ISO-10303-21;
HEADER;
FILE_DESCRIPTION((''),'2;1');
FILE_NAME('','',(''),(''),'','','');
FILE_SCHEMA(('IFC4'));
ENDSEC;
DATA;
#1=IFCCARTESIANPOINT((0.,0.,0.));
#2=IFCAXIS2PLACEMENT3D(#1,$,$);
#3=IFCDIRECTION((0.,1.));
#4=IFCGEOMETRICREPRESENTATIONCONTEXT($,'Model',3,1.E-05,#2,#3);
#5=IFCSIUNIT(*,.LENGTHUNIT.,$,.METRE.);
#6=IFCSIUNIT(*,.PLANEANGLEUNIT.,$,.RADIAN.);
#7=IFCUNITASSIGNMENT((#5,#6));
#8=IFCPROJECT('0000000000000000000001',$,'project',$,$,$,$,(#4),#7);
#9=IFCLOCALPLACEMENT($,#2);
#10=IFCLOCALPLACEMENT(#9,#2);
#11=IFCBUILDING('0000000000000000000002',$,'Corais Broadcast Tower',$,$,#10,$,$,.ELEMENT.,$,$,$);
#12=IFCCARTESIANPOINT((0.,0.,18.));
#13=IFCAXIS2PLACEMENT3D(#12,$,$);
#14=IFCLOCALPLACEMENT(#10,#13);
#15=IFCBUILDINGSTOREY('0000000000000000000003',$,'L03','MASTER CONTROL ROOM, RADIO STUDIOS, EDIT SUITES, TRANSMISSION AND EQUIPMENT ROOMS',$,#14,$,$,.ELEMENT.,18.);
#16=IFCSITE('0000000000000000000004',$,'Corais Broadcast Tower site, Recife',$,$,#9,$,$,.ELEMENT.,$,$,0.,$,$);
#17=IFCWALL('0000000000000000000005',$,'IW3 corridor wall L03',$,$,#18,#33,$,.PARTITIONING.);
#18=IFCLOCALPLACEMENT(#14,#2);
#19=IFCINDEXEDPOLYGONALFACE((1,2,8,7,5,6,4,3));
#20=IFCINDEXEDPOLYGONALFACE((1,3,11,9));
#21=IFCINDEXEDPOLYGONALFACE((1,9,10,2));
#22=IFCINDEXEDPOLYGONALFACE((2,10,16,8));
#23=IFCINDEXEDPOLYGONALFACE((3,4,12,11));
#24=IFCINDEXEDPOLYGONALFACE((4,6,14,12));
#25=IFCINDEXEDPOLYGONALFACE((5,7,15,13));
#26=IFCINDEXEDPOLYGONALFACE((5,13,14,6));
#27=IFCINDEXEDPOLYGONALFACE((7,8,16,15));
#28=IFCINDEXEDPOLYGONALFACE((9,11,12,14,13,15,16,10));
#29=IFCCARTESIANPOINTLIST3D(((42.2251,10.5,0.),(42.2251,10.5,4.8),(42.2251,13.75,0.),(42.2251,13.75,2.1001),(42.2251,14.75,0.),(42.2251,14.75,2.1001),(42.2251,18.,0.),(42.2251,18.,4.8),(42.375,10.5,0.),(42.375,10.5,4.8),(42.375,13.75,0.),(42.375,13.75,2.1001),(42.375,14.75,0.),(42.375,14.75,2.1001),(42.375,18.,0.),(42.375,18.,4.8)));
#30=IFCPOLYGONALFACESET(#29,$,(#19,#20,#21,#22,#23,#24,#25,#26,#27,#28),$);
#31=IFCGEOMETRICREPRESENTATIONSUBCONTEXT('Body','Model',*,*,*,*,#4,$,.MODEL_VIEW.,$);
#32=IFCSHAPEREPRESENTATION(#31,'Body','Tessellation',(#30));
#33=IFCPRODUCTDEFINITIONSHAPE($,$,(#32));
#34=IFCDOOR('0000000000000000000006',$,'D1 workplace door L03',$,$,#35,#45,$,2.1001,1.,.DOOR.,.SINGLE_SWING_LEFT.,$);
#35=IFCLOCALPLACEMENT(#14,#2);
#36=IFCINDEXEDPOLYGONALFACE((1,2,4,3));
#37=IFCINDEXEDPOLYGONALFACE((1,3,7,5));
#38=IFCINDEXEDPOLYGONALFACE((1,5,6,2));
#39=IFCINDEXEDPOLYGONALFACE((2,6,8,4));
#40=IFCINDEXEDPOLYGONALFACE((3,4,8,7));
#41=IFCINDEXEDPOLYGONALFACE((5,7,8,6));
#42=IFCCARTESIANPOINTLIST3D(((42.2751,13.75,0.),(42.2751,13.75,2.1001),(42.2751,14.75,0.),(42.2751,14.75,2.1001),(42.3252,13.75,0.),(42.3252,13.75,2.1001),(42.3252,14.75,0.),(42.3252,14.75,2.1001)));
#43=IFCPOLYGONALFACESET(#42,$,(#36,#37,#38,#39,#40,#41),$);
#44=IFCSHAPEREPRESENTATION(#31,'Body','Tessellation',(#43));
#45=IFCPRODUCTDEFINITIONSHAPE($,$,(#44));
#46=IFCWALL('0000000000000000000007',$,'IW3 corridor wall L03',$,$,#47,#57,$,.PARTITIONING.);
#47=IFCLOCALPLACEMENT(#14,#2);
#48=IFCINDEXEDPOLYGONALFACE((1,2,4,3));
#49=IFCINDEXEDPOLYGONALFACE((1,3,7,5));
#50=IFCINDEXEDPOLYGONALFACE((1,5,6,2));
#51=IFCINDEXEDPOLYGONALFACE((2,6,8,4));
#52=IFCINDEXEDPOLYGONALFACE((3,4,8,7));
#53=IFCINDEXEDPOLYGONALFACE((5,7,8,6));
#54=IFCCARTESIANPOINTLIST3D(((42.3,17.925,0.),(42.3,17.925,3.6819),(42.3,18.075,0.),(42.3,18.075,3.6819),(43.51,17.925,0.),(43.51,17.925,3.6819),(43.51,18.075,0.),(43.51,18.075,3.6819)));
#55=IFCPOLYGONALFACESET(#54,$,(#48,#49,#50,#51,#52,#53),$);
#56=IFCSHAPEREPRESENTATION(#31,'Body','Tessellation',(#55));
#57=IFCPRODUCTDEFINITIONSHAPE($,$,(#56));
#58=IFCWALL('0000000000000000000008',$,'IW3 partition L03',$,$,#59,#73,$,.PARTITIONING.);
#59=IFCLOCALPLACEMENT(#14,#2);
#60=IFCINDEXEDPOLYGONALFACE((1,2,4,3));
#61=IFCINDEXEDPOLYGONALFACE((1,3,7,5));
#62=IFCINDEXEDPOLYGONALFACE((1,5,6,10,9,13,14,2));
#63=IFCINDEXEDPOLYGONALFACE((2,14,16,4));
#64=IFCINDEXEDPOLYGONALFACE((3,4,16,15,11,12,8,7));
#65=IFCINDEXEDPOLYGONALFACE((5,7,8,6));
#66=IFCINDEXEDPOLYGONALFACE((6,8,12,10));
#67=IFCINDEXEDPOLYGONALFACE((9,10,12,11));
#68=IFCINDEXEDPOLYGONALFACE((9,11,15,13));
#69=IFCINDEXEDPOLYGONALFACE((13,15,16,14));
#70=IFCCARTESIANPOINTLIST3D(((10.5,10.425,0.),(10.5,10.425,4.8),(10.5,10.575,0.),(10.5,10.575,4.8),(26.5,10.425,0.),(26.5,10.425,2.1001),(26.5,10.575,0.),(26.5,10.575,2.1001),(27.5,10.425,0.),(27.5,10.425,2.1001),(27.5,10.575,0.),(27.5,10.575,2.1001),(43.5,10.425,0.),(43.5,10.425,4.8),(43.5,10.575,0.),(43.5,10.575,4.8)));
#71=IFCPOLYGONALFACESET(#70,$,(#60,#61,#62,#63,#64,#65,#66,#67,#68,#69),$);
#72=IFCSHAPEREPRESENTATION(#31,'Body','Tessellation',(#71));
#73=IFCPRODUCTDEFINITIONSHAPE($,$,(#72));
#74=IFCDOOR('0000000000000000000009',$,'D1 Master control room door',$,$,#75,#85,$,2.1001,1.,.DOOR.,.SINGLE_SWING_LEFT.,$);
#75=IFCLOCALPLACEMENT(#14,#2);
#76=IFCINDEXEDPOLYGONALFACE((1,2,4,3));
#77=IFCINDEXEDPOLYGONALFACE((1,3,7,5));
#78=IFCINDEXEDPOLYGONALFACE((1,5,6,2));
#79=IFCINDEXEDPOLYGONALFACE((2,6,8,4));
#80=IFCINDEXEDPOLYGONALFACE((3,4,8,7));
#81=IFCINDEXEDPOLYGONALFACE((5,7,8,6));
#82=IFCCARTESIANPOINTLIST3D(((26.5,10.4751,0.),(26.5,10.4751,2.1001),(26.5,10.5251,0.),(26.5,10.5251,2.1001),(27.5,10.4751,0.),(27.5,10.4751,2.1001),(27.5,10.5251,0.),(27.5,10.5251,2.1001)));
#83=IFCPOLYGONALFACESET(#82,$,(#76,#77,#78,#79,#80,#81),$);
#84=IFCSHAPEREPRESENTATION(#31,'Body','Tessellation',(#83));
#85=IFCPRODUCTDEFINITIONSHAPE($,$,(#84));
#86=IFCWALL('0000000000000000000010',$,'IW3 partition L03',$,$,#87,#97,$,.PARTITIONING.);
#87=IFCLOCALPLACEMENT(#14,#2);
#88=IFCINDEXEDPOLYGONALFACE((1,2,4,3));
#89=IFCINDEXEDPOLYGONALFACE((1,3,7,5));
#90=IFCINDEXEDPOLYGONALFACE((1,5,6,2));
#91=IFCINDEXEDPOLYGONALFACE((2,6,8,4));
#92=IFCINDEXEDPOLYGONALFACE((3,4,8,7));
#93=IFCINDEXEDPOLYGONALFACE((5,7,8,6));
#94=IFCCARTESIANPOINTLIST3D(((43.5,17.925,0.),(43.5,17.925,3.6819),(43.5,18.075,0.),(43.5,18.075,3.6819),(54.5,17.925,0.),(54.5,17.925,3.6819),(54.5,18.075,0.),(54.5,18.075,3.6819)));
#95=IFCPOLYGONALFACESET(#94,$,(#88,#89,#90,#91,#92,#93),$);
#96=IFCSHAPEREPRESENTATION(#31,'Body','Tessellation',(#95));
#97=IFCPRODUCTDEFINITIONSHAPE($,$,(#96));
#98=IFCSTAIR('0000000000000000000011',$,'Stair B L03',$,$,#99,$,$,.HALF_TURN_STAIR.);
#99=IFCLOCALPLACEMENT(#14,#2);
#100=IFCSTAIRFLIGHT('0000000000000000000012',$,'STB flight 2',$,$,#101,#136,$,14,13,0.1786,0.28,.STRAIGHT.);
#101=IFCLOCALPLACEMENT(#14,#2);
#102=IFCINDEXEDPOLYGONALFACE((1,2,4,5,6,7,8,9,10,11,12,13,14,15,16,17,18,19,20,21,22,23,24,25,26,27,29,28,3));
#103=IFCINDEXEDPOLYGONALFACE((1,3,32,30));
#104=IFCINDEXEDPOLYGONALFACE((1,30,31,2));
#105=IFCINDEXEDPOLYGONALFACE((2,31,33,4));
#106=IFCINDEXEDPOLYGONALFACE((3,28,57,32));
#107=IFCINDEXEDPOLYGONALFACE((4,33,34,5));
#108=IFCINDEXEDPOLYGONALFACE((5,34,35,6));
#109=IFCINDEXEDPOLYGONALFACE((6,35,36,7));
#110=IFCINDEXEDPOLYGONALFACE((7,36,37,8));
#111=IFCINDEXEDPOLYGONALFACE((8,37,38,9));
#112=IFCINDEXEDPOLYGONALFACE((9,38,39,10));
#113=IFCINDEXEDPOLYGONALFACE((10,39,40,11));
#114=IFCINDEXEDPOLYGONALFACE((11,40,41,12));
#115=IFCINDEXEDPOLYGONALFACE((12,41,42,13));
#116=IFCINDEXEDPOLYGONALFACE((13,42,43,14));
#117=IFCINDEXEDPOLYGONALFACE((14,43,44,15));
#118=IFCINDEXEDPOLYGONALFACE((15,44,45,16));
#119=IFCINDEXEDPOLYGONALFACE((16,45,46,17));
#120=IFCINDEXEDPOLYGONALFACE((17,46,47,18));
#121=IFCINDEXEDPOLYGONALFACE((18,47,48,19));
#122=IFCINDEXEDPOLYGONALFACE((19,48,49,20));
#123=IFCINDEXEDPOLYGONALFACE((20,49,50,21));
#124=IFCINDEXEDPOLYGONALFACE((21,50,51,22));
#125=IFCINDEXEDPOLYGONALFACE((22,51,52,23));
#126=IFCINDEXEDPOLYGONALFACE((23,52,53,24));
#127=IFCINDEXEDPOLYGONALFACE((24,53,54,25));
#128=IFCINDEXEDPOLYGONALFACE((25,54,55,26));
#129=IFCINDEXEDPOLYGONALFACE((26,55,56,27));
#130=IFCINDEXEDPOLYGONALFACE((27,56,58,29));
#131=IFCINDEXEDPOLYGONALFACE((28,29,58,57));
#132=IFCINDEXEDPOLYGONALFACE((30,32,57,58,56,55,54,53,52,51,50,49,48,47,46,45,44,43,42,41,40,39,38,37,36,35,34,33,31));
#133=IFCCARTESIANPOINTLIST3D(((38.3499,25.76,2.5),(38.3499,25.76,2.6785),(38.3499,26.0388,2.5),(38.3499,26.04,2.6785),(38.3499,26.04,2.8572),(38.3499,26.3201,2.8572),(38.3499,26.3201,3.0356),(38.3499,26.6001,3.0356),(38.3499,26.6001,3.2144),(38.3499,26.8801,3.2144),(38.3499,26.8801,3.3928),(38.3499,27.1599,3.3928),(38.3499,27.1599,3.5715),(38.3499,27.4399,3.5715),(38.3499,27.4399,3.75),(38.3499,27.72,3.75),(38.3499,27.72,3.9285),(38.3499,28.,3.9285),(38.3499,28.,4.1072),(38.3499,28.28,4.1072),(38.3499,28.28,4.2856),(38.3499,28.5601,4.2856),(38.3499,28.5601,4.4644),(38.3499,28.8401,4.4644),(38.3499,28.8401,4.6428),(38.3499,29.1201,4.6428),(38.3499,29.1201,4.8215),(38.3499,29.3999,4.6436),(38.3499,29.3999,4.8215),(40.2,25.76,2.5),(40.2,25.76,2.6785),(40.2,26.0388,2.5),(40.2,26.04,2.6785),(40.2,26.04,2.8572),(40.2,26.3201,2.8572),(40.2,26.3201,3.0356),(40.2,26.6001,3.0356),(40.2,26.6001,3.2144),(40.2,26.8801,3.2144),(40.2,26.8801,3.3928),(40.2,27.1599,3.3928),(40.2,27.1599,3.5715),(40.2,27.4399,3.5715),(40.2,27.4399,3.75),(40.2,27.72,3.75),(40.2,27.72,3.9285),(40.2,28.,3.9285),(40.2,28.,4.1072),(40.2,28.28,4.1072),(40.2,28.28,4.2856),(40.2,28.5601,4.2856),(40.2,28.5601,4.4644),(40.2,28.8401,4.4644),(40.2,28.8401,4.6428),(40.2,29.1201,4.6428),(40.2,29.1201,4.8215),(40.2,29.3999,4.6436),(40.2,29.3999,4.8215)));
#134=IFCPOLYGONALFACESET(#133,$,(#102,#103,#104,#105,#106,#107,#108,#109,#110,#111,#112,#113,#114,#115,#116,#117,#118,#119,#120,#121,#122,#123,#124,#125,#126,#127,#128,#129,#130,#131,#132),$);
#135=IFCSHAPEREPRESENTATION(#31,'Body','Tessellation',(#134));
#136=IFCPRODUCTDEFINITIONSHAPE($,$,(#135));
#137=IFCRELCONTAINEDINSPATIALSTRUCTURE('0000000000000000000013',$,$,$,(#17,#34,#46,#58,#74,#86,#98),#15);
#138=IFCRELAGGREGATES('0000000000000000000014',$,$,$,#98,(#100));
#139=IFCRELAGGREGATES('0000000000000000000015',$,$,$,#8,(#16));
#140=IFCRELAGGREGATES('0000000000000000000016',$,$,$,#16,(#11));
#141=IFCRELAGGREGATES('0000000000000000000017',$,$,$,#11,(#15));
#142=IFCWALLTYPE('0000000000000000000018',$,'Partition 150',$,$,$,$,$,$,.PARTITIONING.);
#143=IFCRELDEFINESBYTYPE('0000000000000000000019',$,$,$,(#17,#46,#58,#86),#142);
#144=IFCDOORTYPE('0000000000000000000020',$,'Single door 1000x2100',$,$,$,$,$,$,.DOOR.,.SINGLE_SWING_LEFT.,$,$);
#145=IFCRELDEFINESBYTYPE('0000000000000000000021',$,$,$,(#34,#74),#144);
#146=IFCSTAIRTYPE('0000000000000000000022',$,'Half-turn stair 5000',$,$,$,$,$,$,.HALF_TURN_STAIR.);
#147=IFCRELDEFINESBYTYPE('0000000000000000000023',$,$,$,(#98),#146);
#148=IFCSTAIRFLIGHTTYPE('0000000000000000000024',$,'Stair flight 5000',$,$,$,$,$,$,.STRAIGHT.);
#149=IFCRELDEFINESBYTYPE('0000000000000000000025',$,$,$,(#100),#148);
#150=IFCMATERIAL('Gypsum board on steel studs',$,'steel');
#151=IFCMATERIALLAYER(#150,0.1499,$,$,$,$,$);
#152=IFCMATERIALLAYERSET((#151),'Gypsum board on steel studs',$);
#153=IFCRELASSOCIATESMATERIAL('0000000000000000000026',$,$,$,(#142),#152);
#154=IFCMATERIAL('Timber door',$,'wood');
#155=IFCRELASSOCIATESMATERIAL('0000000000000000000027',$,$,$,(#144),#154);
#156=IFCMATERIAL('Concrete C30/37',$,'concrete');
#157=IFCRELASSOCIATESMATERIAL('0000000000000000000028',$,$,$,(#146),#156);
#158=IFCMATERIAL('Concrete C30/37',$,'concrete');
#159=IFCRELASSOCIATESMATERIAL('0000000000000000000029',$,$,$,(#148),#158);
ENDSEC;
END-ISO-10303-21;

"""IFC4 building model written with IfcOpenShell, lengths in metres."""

from ifc_helpers import new_model, si_unit, direction, frame, frame_2d, origin, place, context, subcontext, project, spatial, polyline, rectangle, outline, extrude, material, layer, layer_set, type_object, element, fill, aggregate, save


model = new_model("IFC4")

# Units and contexts
model_context = context("Model", 3, precision=1e-05, world=origin(), true_north=direction((0.0, 1.0)))
body_context = subcontext(model_context, "Body", "Model", "MODEL_VIEW")
ifc_project = project(units=[si_unit("LENGTHUNIT", "METRE"), si_unit("PLANEANGLEUNIT", "RADIAN")], contexts=[model_context])

# Site, building, storey
site_placement = place(None, origin())
site = spatial("IfcSite", under=ifc_project, at=site_placement, Name="Corais Broadcast Tower site, Recife", CompositionType="ELEMENT", RefElevation=0.0)
building_placement = place(site_placement, origin())
building = spatial("IfcBuilding", under=site, at=building_placement, Name="Corais Broadcast Tower", CompositionType="ELEMENT")
storey_placement = place(building_placement, frame((0.0, 0.0, 18.0)))
storey = spatial("IfcBuildingStorey", under=building, at=storey_placement, Name="L03", Description="MASTER CONTROL ROOM, RADIO STUDIOS, EDIT SUITES, TRANSMISSION AND EQUIPMENT ROOMS", CompositionType="ELEMENT", Elevation=18.0)

# Wall, opening, door
ifc_material_1 = material(Name="Gypsum board on steel studs", Category="steel")
ifc_layer_1 = layer(ifc_material_1, 0.1499)
ifc_layer_set_1 = layer_set([ifc_layer_1], Name="Gypsum board on steel studs")
wall_type_1 = type_object("IfcWallType", Name="Partition 150", PredefinedType="PARTITIONING", material=ifc_layer_set_1)
wall_1_placement = place(storey_placement, frame((42.3, 10.5, 0.0), z_axis=(0.0, 0.0, 1.0), x_axis=(0.0, 1.0, 0.0)))
wall_1 = element("IfcWall", 1, at=wall_1_placement, inside=storey, type_object=wall_type_1, Name="IW3 corridor wall L03", PredefinedType="PARTITIONING", context=body_context, shape_type="SweptSolid", body=[
    extrude(rectangle(XDim=7.5, YDim=0.1499, at=frame_2d((3.75, 0.0))), origin(), (0.0, 0.0, 1.0), 4.8),
])
opening_1_placement = place(wall_1_placement, frame((3.25, 0.0, 0.0)))
opening_1 = element("IfcOpeningElement", 2, at=opening_1_placement, cuts=wall_1, PredefinedType="OPENING", context=body_context, shape_type="SweptSolid", body=[
    extrude(rectangle(XDim=1.0, YDim=2.1001, at=frame_2d((0.5, 1.05))), frame((0.0, 0.085, 0.0), z_axis=(0.0, -1.0, 0.0), x_axis=(1.0, 0.0, 0.0)), (0.0, 0.0, 1.0), 0.1699),
])
ifc_material_2 = material(Name="Timber door", Category="wood")
door_type_1 = type_object("IfcDoorType", Name="Single door 1000x2100", OperationType="SINGLE_SWING_LEFT", PredefinedType="DOOR", material=ifc_material_2)
door_1_placement = place(opening_1_placement, origin())
door_1 = element("IfcDoor", 3, at=door_1_placement, inside=storey, type_object=door_type_1, Name="D1 workplace door L03", OperationType="SINGLE_SWING_LEFT", OverallHeight=2.1001, OverallWidth=1.0, PredefinedType="DOOR", context=body_context, shape_type="SweptSolid", body=[
    extrude(rectangle(XDim=1.0, YDim=2.1001, at=frame_2d((0.5, 1.05))), frame((0.0, 0.0249, 0.0), z_axis=(0.0, -1.0, 0.0), x_axis=(1.0, 0.0, 0.0)), (0.0, 0.0, 1.0), 0.05),
])
fill(opening_1, door_1)

# Wall
wall_2_placement = place(storey_placement, frame((42.3, 18.0, 0.0), z_axis=(0.0, 0.0, 1.0), x_axis=(1.0, 0.0, 0.0)))
element("IfcWall", 4, at=wall_2_placement, inside=storey, type_object=wall_type_1, Name="IW3 corridor wall L03", PredefinedType="PARTITIONING", context=body_context, shape_type="SweptSolid", body=[
    extrude(rectangle(XDim=1.21, YDim=0.1499, at=frame_2d((0.605, 0.0))), origin(), (0.0, 0.0, 1.0), 3.6819),
])

# Wall, opening, door
wall_3_placement = place(storey_placement, frame((43.5, 10.5, 0.0), z_axis=(0.0, 0.0, 1.0), x_axis=(-1.0, 0.0, 0.0)))
wall_3 = element("IfcWall", 5, at=wall_3_placement, inside=storey, type_object=wall_type_1, Name="IW3 partition L03", PredefinedType="PARTITIONING", context=body_context, shape_type="SweptSolid", body=[
    extrude(rectangle(XDim=33.0, YDim=0.1499, at=frame_2d((16.5, 0.0))), origin(), (0.0, 0.0, 1.0), 4.8),
])
opening_2_placement = place(wall_3_placement, frame((16.0, 0.0, 0.0)))
opening_2 = element("IfcOpeningElement", 6, at=opening_2_placement, cuts=wall_3, PredefinedType="OPENING", context=body_context, shape_type="SweptSolid", body=[
    extrude(rectangle(XDim=1.0, YDim=2.1001, at=frame_2d((0.5, 1.05))), frame((0.0, 0.085, 0.0), z_axis=(0.0, -1.0, 0.0), x_axis=(1.0, 0.0, 0.0)), (0.0, 0.0, 1.0), 0.1699),
])
door_2_placement = place(opening_2_placement, origin())
door_2 = element("IfcDoor", 7, at=door_2_placement, inside=storey, type_object=door_type_1, Name="D1 Master control room door", OperationType="SINGLE_SWING_LEFT", OverallHeight=2.1001, OverallWidth=1.0, PredefinedType="DOOR", context=body_context, shape_type="SweptSolid", body=[
    extrude(rectangle(XDim=1.0, YDim=2.1001, at=frame_2d((0.5, 1.05))), frame((0.0, 0.0249, 0.0), z_axis=(0.0, -1.0, 0.0), x_axis=(1.0, 0.0, 0.0)), (0.0, 0.0, 1.0), 0.05),
])
fill(opening_2, door_2)

# Wall
wall_4_placement = place(storey_placement, frame((43.5, 18.0, 0.0), z_axis=(0.0, 0.0, 1.0), x_axis=(1.0, 0.0, 0.0)))
element("IfcWall", 8, at=wall_4_placement, inside=storey, type_object=wall_type_1, Name="IW3 partition L03", PredefinedType="PARTITIONING", context=body_context, shape_type="SweptSolid", body=[
    extrude(rectangle(XDim=11.0, YDim=0.1499, at=frame_2d((5.5, 0.0))), origin(), (0.0, 0.0, 1.0), 3.6819),
])

# Stair, stair flight
ifc_material_3 = material(Name="Concrete C30/37", Category="concrete")
stair_type = type_object("IfcStairType", Name="Half-turn stair 5000", PredefinedType="HALF_TURN_STAIR", material=ifc_material_3)
stair_placement = place(storey_placement, origin())
stair = element("IfcStair", 9, at=stair_placement, inside=storey, type_object=stair_type, Name="Stair B L03", PredefinedType="HALF_TURN_STAIR")
ifc_material_4 = material(Name="Concrete C30/37", Category="concrete")
stair_flight_type = type_object("IfcStairFlightType", Name="Stair flight 5000", PredefinedType="STRAIGHT", material=ifc_material_4)
stair_flight_placement = place(storey_placement, frame((39.2749, 25.76, 2.5), z_axis=(0.0, 0.0, 1.0), x_axis=(0.0, 1.0, 0.0)))
stair_flight = element("IfcStairFlight", 10, at=stair_flight_placement, type_object=stair_flight_type, Name="STB flight 2", NumberOfRisers=14, NumberOfTreads=13, PredefinedType="STRAIGHT", RiserHeight=0.1786, TreadLength=0.28, context=body_context, shape_type="SweptSolid", body=[
    extrude(outline(polyline([(0.0, 0.0), (0.0, 0.1785), (0.28, 0.1785), (0.28, 0.3572), (0.5601, 0.3572), (0.5601, 0.5356), (0.8401, 0.5356), (0.8401, 0.7144), (1.1201, 0.7144), (1.1201, 0.8928), (1.3999, 0.8928), (1.3999, 1.0715), (1.6799, 1.0715), (1.6799, 1.25), (1.96, 1.25), (1.96, 1.4285), (2.24, 1.4285), (2.24, 1.6072), (2.52, 1.6072), (2.52, 1.7856), (2.8, 1.7856), (2.8, 1.9644), (3.0801, 1.9644), (3.0801, 2.1428), (3.3601, 2.1428), (3.3601, 2.3215), (3.6399, 2.3215), (3.6399, 2.5), (3.6399, 2.1436), (0.2788, 0.0), (0.0, 0.0)])), frame((0.0, 0.925, 0.0), z_axis=(0.0, -1.0, 0.0), x_axis=(1.0, 0.0, 0.0)), (0.0, 0.0, 1.0), 1.8501),
])
aggregate(stair, [stair_flight])

save(model, "model.ifc")
